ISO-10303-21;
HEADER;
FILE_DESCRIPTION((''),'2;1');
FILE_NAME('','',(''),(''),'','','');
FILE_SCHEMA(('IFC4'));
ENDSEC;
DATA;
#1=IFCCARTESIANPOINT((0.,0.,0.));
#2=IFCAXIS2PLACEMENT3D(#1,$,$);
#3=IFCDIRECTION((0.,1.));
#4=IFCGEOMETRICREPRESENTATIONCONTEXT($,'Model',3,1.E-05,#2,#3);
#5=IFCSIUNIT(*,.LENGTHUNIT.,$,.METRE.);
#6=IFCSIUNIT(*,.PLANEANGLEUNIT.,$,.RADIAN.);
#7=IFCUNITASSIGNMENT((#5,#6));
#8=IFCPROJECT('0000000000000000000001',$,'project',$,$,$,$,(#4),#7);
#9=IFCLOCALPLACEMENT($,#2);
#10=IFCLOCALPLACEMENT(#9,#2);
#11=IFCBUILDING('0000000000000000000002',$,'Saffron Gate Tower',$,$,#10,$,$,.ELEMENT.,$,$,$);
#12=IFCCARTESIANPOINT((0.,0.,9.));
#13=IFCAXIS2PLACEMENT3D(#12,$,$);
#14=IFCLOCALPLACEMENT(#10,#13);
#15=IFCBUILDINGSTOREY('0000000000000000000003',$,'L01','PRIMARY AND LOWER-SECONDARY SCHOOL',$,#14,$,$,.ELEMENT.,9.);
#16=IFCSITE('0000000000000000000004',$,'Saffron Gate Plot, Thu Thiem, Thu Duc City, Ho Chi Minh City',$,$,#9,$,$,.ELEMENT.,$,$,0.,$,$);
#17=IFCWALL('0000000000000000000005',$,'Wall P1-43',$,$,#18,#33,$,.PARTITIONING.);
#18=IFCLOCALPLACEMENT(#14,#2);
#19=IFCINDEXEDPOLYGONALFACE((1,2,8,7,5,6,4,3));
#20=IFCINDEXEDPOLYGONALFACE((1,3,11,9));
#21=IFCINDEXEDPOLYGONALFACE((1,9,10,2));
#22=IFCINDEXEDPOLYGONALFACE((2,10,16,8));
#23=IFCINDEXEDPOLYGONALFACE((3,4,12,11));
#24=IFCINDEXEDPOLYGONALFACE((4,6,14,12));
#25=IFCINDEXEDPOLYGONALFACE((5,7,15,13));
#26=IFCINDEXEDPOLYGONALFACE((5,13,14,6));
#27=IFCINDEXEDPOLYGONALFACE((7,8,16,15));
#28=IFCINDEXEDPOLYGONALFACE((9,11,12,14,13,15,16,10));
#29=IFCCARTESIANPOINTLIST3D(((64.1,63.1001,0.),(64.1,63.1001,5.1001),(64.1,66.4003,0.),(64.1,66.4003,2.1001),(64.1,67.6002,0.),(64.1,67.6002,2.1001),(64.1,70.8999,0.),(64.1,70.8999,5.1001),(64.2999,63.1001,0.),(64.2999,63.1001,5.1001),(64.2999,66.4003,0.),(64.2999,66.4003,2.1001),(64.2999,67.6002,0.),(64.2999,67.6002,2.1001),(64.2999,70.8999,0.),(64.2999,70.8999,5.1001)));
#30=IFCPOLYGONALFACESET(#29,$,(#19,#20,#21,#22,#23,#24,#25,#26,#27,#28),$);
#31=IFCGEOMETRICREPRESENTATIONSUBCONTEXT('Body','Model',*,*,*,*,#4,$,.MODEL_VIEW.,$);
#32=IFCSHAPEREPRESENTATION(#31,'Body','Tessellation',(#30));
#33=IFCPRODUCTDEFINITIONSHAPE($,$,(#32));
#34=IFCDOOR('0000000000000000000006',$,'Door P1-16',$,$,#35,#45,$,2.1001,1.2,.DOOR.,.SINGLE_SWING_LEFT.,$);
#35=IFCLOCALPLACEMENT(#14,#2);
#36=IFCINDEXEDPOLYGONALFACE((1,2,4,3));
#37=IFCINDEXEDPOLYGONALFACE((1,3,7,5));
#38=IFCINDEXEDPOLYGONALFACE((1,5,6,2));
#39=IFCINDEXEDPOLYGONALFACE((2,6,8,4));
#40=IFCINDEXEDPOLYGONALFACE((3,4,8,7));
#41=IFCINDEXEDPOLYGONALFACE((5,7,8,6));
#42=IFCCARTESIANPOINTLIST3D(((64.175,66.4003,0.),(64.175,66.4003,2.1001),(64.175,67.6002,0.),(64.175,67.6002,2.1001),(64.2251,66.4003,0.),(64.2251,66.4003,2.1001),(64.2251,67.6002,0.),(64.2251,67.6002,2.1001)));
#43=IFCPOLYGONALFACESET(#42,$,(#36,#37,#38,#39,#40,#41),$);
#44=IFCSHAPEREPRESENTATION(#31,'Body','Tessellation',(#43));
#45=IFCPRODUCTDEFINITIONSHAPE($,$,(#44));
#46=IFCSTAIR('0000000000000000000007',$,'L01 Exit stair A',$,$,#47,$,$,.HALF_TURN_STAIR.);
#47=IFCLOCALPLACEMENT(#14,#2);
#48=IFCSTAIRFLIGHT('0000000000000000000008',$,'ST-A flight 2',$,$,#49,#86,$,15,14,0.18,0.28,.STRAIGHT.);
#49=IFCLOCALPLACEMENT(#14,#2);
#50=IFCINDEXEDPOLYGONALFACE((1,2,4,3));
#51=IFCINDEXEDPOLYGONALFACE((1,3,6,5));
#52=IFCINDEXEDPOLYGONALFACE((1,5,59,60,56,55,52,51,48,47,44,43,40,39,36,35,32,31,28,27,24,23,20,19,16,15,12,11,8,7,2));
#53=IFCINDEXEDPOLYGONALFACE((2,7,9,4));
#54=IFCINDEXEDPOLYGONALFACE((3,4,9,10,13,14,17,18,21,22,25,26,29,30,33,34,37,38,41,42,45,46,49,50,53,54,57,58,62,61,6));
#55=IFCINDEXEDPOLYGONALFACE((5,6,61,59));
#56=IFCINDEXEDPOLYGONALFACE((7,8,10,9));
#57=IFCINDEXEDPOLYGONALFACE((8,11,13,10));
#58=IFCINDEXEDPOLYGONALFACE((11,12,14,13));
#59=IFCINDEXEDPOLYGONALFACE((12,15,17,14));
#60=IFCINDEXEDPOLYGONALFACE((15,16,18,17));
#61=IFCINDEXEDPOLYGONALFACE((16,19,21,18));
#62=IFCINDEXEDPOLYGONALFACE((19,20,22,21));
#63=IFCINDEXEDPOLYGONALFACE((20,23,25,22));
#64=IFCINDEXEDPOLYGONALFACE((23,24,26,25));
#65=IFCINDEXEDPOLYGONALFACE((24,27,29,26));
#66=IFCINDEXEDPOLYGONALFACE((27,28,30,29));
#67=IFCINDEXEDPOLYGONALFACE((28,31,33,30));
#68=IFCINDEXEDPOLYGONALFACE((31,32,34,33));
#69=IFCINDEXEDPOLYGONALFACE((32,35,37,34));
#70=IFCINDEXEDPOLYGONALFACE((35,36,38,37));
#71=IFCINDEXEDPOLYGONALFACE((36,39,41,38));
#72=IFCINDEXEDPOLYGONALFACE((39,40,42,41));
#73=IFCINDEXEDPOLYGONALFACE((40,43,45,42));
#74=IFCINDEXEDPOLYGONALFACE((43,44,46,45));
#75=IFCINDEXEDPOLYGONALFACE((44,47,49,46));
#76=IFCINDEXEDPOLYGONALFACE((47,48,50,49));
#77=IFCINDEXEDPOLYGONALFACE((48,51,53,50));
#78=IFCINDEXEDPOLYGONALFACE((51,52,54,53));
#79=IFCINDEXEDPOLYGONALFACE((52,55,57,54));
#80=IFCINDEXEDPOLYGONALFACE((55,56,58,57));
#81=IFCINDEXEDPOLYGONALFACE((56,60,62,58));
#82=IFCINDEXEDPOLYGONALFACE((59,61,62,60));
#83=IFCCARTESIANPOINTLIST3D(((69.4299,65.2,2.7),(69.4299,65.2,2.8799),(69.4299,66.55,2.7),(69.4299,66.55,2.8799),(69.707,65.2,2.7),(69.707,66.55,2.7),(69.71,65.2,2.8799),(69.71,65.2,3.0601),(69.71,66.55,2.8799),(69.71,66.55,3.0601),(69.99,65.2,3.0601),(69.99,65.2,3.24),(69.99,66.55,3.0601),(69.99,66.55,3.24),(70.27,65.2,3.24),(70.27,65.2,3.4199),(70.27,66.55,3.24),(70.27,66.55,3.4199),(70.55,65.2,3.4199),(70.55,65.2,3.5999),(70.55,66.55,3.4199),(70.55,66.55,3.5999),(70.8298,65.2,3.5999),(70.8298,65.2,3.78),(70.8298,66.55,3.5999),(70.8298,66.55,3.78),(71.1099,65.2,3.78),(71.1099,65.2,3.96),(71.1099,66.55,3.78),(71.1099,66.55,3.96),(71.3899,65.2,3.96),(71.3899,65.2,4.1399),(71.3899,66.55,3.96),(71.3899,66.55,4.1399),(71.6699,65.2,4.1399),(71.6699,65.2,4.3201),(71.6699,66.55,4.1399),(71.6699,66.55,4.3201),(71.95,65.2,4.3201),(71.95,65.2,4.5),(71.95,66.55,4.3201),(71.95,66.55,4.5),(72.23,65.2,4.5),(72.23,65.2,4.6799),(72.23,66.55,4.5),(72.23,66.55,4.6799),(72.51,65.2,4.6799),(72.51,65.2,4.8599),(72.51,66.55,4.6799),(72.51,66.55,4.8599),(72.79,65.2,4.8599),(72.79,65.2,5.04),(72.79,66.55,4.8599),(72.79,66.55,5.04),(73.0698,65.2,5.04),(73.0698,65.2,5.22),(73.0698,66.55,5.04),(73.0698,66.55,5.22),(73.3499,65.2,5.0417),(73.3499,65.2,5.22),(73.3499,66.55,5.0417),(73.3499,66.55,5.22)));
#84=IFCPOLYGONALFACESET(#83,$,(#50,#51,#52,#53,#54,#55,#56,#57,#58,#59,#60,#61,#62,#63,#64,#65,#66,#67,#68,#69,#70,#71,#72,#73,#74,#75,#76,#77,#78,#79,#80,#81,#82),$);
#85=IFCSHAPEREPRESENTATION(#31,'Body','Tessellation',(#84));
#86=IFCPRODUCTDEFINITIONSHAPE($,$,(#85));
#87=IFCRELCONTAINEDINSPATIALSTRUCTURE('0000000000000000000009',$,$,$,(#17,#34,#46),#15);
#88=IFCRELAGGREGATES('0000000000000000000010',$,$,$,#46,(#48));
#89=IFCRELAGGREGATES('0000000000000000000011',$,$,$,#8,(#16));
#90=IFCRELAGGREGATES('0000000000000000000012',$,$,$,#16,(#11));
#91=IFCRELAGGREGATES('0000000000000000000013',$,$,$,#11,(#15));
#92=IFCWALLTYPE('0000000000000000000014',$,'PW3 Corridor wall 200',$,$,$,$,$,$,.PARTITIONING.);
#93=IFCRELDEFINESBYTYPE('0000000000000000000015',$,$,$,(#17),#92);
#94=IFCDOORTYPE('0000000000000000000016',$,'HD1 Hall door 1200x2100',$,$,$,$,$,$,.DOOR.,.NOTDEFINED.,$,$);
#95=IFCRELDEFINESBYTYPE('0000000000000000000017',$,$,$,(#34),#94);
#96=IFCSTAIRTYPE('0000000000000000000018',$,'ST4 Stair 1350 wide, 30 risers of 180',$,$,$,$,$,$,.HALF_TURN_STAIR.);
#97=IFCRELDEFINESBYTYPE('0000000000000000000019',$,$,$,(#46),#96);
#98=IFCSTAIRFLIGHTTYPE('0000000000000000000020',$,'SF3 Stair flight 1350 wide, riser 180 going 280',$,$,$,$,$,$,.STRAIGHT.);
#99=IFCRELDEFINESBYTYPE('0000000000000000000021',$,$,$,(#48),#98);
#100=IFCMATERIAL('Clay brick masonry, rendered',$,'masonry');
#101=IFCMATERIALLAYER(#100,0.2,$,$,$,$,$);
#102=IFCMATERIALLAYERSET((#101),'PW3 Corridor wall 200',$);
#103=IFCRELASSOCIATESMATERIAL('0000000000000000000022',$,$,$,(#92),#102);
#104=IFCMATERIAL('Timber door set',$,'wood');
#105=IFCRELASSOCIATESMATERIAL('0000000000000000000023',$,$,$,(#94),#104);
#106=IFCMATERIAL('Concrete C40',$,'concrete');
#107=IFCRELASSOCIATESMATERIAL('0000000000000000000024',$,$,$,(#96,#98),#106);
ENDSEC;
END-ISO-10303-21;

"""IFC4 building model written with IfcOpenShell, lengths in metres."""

from ifc_helpers import new_model, si_unit, direction, frame, frame_2d, origin, place, context, subcontext, project, spatial, polyline, rectangle, outline, extrude, material, layer, layer_set, type_object, element, fill, aggregate, save


model = new_model("IFC4")

# Units and contexts
model_context = context("Model", 3, precision=1e-05, world=origin(), true_north=direction((0.0, 1.0)))
body_context = subcontext(model_context, "Body", "Model", "MODEL_VIEW")
ifc_project = project(units=[si_unit("LENGTHUNIT", "METRE"), si_unit("PLANEANGLEUNIT", "RADIAN")], contexts=[model_context])

# Site, building, storey
site_placement = place(None, origin())
site = spatial("IfcSite", under=ifc_project, at=site_placement, Name="Saffron Gate Plot, Thu Thiem, Thu Duc City, Ho Chi Minh City", CompositionType="ELEMENT", RefElevation=0.0)
building_placement = place(site_placement, origin())
building = spatial("IfcBuilding", under=site, at=building_placement, Name="Saffron Gate Tower", CompositionType="ELEMENT")
storey_placement = place(building_placement, frame((0.0, 0.0, 9.0)))
storey = spatial("IfcBuildingStorey", under=building, at=storey_placement, Name="L01", Description="PRIMARY AND LOWER-SECONDARY SCHOOL", CompositionType="ELEMENT", Elevation=9.0)

# Wall, opening, door
ifc_material_1 = material(Name="Clay brick masonry, rendered", Category="masonry")
ifc_layer_1 = layer(ifc_material_1, 0.2)
ifc_layer_set_1 = layer_set([ifc_layer_1], Name="PW3 Corridor wall 200")
wall_type_1 = type_object("IfcWallType", Name="PW3 Corridor wall 200", PredefinedType="PARTITIONING", material=ifc_layer_set_1)
wall_1_placement = place(storey_placement, frame((64.2, 63.1001, 0.0), z_axis=(0.0, 0.0, 1.0), x_axis=(0.0, 1.0, 0.0)))
wall_1 = element("IfcWall", 1, at=wall_1_placement, inside=storey, type_object=wall_type_1, Name="Wall P1-43", PredefinedType="PARTITIONING", context=body_context, shape_type="SweptSolid", body=[
    extrude(rectangle(XDim=7.7998, YDim=0.2, at=frame_2d((3.8999, 0.0))), origin(), (0.0, 0.0, 1.0), 5.1001),
])
opening_1_placement = place(wall_1_placement, frame((3.3, 0.0, 0.0)))
opening_1 = element("IfcOpeningElement", 2, at=opening_1_placement, cuts=wall_1, PredefinedType="OPENING", context=body_context, shape_type="SweptSolid", body=[
    extrude(rectangle(XDim=1.2, YDim=2.1001, at=frame_2d((0.6001, 1.05))), frame((0.0, 0.1099, 0.0), z_axis=(0.0, -1.0, 0.0), x_axis=(1.0, 0.0, 0.0)), (0.0, 0.0, 1.0), 0.22),
])
ifc_material_2 = material(Name="Timber door set", Category="wood")
door_type_1 = type_object("IfcDoorType", Name="HD1 Hall door 1200x2100", OperationType="NOTDEFINED", PredefinedType="DOOR", material=ifc_material_2)
door_1_placement = place(opening_1_placement, origin())
door_1 = element("IfcDoor", 3, at=door_1_placement, inside=storey, type_object=door_type_1, Name="Door P1-16", OperationType="SINGLE_SWING_LEFT", OverallHeight=2.1001, OverallWidth=1.2, PredefinedType="DOOR", context=body_context, shape_type="SweptSolid", body=[
    extrude(rectangle(XDim=1.2, YDim=2.1001, at=frame_2d((0.6001, 1.05))), frame((0.0, 0.0249, 0.0), z_axis=(0.0, -1.0, 0.0), x_axis=(1.0, 0.0, 0.0)), (0.0, 0.0, 1.0), 0.05),
])
fill(opening_1, door_1)

# Stair, stair flight
ifc_material_3 = material(Name="Concrete C40", Category="concrete")
stair_type = type_object("IfcStairType", Name="ST4 Stair 1350 wide, 30 risers of 180", PredefinedType="HALF_TURN_STAIR", material=ifc_material_3)
stair_placement = place(storey_placement, origin())
stair = element("IfcStair", 4, at=stair_placement, inside=storey, type_object=stair_type, Name="L01 Exit stair A", PredefinedType="HALF_TURN_STAIR")
stair_flight_type = type_object("IfcStairFlightType", Name="SF3 Stair flight 1350 wide, riser 180 going 280", PredefinedType="STRAIGHT", material=ifc_material_3)
stair_flight_placement = place(storey_placement, frame((69.4299, 65.875, 2.7), z_axis=(0.0, 0.0, 1.0), x_axis=(1.0, 0.0, 0.0)))
stair_flight = element("IfcStairFlight", 5, at=stair_flight_placement, type_object=stair_flight_type, Name="ST-A flight 2", NumberOfRisers=15, NumberOfTreads=14, PredefinedType="STRAIGHT", RiserHeight=0.18, TreadLength=0.28, context=body_context, shape_type="SweptSolid", body=[
    extrude(outline(polyline([(0.0, 0.0), (0.0, 0.1799), (0.28, 0.1799), (0.28, 0.3601), (0.5601, 0.3601), (0.5601, 0.54), (0.8401, 0.54), (0.8401, 0.72), (1.1201, 0.72), (1.1201, 0.8999), (1.3999, 0.8999), (1.3999, 1.0801), (1.6799, 1.0801), (1.6799, 1.26), (1.96, 1.26), (1.96, 1.4399), (2.24, 1.4399), (2.24, 1.6201), (2.52, 1.6201), (2.52, 1.8), (2.8, 1.8), (2.8, 1.98), (3.0801, 1.98), (3.0801, 2.1599), (3.3601, 2.1599), (3.3601, 2.3401), (3.6399, 2.3401), (3.6399, 2.52), (3.9199, 2.52), (3.9199, 2.7), (3.9199, 2.3418), (0.2771, 0.0), (0.0, 0.0)])), frame((0.0, 0.675, 0.0), z_axis=(0.0, -1.0, 0.0), x_axis=(1.0, 0.0, 0.0)), (0.0, 0.0, 1.0), 1.3501),
])
aggregate(stair, [stair_flight])

save(model, "model.ifc")
